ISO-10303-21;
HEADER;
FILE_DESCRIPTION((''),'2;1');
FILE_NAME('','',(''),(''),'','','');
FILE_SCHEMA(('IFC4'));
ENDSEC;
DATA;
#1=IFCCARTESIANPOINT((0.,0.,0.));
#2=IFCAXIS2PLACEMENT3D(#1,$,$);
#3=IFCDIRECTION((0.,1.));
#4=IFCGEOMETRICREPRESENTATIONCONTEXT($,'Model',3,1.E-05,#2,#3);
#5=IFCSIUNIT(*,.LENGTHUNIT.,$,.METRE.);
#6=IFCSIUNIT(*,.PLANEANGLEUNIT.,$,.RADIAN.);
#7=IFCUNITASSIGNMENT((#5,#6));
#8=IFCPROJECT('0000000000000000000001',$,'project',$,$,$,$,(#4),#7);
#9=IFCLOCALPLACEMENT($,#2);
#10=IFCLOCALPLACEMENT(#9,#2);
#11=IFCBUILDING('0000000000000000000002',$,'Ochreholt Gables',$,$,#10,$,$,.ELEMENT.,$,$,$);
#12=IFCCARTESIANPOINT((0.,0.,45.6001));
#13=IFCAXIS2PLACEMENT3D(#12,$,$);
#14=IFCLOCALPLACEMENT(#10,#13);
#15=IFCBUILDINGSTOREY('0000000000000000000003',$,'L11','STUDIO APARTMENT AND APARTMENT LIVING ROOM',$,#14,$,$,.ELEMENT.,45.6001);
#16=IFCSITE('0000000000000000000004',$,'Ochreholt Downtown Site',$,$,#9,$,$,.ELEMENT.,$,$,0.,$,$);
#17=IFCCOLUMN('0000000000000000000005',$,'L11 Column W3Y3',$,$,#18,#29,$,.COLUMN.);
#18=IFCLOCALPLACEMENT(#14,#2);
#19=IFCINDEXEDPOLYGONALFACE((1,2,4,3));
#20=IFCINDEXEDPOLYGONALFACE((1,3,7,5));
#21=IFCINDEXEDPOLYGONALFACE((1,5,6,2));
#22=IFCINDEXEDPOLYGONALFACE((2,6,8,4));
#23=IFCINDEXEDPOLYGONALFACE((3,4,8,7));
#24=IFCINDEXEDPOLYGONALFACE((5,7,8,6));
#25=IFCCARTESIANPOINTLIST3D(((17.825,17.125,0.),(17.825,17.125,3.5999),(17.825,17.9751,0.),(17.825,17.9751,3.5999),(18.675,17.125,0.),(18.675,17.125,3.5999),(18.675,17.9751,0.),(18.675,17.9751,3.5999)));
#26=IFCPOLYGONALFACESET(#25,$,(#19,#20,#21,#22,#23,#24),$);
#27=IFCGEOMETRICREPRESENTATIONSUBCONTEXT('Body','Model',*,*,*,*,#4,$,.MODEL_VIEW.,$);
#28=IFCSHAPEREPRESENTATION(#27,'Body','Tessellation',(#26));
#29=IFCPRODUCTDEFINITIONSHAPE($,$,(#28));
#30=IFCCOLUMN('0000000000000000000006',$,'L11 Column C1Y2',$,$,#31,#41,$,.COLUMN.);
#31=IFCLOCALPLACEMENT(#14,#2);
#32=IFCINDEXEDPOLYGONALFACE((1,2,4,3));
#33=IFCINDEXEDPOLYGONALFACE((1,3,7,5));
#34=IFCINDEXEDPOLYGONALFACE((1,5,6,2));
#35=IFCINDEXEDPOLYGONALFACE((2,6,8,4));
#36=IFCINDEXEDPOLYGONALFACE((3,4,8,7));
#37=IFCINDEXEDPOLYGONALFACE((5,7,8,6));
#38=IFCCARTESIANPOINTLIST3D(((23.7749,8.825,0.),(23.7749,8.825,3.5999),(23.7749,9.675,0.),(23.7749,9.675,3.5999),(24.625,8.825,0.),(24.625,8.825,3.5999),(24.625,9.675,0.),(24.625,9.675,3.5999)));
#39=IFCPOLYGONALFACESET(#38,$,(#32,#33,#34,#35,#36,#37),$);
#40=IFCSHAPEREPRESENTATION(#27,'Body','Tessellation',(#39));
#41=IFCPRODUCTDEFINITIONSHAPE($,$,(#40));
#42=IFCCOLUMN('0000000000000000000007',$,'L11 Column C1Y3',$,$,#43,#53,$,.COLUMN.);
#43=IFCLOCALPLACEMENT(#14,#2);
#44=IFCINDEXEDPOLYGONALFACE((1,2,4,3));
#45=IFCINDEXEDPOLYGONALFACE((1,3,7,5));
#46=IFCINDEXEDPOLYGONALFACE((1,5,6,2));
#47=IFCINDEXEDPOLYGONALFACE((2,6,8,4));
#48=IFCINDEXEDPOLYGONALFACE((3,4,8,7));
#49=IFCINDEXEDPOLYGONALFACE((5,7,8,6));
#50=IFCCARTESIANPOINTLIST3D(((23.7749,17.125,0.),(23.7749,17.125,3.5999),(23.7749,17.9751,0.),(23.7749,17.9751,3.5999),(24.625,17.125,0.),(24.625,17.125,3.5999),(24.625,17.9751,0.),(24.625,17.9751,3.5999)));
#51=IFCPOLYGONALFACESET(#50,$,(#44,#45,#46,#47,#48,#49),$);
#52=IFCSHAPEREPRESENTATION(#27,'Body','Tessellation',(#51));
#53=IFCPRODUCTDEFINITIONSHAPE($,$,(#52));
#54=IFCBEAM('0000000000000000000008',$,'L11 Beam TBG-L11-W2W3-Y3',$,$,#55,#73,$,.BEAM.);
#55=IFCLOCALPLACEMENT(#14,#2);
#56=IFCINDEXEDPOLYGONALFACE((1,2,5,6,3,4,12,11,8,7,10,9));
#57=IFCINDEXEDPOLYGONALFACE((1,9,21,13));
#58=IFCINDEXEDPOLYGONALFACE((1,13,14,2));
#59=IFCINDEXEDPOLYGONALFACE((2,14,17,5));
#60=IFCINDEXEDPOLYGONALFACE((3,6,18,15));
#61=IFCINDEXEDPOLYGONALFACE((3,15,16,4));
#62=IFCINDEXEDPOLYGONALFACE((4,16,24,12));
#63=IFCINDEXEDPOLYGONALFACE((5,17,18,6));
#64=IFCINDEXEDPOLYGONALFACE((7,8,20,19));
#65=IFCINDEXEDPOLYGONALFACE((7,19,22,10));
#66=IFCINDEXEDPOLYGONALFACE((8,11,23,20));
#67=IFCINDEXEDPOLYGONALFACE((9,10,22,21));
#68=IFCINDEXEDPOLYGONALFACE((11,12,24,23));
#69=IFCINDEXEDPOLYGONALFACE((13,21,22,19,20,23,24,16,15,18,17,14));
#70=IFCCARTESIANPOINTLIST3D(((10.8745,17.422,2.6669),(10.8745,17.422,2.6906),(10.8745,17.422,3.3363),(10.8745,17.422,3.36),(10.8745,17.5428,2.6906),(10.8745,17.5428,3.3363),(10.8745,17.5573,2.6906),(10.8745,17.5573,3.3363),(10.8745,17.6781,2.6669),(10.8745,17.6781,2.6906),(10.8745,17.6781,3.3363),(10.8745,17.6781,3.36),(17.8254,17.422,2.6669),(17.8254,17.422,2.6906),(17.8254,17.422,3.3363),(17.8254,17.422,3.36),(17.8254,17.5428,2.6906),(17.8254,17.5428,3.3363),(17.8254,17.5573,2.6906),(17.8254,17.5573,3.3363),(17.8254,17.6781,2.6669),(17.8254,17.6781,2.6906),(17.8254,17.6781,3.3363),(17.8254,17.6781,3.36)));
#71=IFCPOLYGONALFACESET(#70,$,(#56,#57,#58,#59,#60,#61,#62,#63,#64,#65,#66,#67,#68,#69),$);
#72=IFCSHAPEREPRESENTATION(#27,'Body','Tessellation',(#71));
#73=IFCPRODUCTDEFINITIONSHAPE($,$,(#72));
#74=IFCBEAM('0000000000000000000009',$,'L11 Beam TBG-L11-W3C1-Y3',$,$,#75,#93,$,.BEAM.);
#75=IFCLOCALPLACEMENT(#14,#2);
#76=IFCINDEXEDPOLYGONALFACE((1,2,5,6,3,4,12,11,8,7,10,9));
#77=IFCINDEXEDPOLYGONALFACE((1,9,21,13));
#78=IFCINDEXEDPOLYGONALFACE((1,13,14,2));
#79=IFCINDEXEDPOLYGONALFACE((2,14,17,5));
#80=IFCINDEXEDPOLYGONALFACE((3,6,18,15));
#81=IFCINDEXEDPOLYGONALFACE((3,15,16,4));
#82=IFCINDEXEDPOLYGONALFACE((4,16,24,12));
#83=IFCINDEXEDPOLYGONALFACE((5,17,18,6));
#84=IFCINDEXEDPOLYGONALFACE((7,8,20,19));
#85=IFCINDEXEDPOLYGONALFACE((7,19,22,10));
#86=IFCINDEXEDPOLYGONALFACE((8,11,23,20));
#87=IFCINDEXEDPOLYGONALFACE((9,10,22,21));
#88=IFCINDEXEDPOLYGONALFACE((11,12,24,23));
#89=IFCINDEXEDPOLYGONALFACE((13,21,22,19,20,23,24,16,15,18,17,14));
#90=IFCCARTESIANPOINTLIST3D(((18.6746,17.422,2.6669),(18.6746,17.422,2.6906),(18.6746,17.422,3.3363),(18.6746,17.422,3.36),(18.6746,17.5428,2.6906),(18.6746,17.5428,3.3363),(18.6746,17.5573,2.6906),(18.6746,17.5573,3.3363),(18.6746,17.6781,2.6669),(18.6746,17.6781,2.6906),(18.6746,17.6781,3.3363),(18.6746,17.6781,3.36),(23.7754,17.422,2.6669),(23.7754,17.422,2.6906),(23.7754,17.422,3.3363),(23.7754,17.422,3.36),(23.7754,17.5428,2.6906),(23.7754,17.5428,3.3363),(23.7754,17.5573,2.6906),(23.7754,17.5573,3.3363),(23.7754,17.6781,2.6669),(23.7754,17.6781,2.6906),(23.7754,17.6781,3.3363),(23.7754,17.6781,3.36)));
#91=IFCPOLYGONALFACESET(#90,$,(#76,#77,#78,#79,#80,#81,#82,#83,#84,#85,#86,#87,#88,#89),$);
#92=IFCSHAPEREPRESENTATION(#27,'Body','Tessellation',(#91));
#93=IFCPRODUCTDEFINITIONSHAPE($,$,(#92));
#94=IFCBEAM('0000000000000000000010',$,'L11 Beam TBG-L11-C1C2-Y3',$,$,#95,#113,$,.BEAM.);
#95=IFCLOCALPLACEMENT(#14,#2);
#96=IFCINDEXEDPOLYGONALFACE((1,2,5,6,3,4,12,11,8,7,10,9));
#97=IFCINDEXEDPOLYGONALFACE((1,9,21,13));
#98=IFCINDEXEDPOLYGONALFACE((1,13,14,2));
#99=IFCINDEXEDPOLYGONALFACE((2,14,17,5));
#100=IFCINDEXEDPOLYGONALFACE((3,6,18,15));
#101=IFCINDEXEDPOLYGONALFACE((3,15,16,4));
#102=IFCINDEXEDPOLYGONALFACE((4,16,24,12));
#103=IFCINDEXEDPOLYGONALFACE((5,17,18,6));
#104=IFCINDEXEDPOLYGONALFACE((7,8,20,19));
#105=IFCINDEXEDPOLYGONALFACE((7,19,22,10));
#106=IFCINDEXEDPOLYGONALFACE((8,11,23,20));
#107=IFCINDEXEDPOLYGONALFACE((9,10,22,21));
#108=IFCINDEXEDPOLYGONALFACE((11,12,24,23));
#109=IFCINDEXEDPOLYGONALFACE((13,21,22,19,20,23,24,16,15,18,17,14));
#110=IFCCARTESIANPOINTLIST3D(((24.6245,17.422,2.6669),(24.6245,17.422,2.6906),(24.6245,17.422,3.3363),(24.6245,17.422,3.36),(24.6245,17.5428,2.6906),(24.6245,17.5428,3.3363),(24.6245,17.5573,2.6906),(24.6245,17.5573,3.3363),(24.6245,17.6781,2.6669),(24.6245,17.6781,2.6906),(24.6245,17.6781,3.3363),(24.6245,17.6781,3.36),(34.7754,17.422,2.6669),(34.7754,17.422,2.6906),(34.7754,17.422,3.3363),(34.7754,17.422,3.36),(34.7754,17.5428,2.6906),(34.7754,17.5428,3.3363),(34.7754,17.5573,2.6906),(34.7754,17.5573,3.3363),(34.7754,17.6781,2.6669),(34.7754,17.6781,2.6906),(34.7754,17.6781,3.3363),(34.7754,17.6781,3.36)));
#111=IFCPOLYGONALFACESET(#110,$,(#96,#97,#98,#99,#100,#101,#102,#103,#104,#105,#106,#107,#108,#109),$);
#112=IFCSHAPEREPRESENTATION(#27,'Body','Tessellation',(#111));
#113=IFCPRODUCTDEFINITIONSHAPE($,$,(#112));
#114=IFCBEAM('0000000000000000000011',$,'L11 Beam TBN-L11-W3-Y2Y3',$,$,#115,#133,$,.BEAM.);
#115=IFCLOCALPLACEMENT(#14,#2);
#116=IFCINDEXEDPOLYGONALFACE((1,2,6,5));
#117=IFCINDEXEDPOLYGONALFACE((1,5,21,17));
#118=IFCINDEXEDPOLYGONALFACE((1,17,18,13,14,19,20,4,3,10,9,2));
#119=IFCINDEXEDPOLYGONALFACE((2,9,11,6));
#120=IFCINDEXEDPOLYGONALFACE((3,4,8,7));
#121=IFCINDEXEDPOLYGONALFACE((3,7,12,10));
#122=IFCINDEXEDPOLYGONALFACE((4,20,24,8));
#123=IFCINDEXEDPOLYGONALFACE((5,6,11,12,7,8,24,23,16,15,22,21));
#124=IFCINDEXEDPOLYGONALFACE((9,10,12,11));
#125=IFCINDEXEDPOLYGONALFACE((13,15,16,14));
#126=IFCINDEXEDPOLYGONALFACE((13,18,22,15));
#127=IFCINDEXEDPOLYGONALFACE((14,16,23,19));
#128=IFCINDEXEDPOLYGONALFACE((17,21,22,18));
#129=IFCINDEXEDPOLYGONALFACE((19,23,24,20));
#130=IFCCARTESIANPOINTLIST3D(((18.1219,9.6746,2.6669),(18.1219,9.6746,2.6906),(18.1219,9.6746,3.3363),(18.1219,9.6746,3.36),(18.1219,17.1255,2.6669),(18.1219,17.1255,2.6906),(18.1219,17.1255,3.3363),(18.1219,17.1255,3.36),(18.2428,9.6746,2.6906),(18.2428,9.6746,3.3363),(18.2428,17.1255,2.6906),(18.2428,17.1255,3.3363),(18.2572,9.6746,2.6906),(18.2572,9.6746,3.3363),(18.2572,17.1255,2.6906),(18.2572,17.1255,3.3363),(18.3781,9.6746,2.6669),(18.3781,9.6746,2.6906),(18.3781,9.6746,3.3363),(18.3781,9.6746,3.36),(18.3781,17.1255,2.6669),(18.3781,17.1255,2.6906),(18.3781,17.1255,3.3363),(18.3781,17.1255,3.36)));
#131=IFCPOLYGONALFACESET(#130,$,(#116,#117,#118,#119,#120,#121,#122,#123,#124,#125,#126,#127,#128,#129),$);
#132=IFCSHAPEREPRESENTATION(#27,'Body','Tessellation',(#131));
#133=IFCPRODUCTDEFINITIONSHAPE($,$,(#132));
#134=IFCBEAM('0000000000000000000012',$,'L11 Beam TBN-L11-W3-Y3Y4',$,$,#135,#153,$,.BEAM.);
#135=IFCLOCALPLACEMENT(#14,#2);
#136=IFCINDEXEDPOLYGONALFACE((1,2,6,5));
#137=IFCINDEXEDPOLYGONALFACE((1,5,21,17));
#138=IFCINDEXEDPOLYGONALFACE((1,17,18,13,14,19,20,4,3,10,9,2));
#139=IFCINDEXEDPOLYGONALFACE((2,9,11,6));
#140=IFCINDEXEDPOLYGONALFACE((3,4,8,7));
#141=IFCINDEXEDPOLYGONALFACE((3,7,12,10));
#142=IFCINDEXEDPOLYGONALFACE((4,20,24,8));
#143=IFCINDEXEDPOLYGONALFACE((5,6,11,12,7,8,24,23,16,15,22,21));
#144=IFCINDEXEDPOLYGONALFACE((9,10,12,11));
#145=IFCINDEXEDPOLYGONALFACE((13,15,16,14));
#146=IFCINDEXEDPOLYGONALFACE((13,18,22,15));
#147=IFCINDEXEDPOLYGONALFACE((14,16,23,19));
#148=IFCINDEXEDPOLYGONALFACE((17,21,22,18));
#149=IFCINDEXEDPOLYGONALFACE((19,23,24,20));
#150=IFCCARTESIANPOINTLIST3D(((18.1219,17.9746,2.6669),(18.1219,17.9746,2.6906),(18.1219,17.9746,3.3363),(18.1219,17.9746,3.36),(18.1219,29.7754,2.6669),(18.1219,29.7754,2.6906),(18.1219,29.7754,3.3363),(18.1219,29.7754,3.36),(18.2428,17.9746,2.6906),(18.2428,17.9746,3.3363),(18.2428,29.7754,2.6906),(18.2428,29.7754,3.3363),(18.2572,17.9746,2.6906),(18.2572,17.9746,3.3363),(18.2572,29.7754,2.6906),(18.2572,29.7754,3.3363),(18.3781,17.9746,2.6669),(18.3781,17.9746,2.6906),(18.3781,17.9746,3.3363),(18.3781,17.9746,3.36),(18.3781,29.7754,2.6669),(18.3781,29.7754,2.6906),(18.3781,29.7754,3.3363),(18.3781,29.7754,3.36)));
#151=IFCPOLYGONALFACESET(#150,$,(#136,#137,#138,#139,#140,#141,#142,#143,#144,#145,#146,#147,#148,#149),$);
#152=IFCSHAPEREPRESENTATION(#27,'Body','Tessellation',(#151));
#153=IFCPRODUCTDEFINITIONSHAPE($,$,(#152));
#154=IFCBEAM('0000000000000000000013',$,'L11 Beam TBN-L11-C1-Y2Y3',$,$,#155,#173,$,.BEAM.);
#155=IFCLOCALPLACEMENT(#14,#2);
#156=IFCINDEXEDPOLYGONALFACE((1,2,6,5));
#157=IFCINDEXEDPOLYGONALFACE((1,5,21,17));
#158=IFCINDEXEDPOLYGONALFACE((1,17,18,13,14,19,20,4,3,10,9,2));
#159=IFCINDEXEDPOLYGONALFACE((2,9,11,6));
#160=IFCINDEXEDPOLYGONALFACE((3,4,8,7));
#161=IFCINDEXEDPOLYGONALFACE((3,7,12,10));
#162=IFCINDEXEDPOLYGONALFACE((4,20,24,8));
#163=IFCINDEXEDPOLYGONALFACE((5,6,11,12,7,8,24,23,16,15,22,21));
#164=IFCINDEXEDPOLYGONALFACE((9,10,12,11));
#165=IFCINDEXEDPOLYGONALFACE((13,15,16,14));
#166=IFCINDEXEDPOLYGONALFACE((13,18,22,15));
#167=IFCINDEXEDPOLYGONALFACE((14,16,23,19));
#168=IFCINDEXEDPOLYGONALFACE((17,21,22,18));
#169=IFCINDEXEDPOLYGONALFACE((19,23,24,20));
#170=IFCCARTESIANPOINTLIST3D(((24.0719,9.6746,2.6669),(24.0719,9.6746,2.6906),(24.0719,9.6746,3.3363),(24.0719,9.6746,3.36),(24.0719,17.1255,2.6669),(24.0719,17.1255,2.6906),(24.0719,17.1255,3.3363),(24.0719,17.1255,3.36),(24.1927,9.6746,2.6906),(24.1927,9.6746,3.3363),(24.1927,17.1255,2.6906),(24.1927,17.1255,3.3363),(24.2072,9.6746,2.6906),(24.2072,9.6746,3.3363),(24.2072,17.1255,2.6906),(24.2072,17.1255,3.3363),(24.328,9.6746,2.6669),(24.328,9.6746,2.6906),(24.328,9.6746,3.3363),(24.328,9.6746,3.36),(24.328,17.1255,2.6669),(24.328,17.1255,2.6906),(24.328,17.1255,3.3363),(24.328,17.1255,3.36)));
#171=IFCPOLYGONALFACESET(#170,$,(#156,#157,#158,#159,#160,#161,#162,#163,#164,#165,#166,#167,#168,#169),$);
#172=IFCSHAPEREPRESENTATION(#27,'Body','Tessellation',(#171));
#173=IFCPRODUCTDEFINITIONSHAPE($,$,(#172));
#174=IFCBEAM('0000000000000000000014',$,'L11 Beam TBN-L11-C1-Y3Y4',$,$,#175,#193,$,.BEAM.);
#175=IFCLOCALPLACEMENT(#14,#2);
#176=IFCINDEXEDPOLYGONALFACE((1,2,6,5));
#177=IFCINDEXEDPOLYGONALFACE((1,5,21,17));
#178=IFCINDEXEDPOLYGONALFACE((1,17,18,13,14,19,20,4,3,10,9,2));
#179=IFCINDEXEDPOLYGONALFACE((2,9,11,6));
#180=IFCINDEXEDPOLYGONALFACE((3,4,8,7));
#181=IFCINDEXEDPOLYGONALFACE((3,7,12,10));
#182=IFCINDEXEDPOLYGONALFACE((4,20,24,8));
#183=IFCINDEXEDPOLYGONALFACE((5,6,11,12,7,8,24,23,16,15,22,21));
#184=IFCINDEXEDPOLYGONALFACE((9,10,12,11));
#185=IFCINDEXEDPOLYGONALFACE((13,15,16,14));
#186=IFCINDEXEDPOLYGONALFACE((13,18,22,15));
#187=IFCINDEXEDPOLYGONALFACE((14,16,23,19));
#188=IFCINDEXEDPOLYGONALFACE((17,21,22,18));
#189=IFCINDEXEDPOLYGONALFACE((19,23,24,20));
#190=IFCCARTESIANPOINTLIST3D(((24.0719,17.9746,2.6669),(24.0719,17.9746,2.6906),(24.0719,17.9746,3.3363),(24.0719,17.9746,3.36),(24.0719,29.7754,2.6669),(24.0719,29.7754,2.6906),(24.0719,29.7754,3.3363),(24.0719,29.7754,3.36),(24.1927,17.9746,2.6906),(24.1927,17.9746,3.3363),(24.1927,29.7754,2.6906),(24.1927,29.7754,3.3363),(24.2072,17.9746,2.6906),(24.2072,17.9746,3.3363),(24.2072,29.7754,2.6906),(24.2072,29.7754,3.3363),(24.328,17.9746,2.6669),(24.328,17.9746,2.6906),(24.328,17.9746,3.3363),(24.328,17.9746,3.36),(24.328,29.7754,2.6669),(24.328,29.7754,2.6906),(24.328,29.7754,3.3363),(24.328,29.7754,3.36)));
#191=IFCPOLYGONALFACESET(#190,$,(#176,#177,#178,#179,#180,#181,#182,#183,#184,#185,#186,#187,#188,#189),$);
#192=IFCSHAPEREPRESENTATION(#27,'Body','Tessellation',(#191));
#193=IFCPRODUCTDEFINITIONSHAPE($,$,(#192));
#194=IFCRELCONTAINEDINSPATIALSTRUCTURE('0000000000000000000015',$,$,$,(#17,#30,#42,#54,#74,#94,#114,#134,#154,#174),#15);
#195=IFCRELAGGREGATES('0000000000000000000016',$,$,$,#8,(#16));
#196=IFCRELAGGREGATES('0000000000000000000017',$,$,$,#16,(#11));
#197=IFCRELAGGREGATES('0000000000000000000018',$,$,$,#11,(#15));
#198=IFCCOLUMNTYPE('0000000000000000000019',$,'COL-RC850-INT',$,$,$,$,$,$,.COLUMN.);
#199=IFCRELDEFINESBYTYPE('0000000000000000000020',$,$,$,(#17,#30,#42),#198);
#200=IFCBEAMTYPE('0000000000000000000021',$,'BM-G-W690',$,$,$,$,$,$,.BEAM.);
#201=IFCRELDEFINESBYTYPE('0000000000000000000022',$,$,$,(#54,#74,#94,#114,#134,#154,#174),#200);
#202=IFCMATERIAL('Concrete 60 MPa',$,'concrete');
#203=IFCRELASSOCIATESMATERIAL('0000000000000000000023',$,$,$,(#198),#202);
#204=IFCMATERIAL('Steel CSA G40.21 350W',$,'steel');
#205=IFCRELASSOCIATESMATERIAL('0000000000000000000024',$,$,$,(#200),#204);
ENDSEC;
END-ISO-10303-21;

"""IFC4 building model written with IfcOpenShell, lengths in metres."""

from ifc_helpers import new_model, si_unit, direction, frame, origin, origin_2d, place, context, subcontext, project, spatial, rectangle, i_section, extrude, material, material_profile, profile_set, type_object, element, save


model = new_model("IFC4")

# Units and contexts
model_context = context("Model", 3, precision=1e-05, world=origin(), true_north=direction((0.0, 1.0)))
body_context = subcontext(model_context, "Body", "Model", "MODEL_VIEW")
ifc_project = project(units=[si_unit("LENGTHUNIT", "METRE"), si_unit("PLANEANGLEUNIT", "RADIAN")], contexts=[model_context])

# Site, building, storey
site_placement = place(None, origin())
site = spatial("IfcSite", under=ifc_project, at=site_placement, Name="Ochreholt Downtown Site", CompositionType="ELEMENT", RefElevation=0.0)
building_placement = place(site_placement, origin())
building = spatial("IfcBuilding", under=site, at=building_placement, Name="Ochreholt Gables", CompositionType="ELEMENT")
storey_placement = place(building_placement, frame((0.0, 0.0, 45.6001)))
storey = spatial("IfcBuildingStorey", under=building, at=storey_placement, Name="L11", Description="STUDIO APARTMENT AND APARTMENT LIVING ROOM", CompositionType="ELEMENT", Elevation=45.6001)

# Columns
ifc_material_1 = material(Name="Concrete 60 MPa", Category="concrete")
ifc_material_profile_1 = material_profile(ifc_material_1, rectangle(XDim=0.8501, YDim=0.8501, at=origin_2d()), Name="RC850X850")
ifc_profile_set_1 = profile_set([ifc_material_profile_1], Name="Concrete 60 MPa")
column_type = type_object("IfcColumnType", Name="COL-RC850-INT", PredefinedType="COLUMN", material=ifc_profile_set_1)
for number, where, z_axis, x_axis, name in (
    (1, (18.25, 17.55, 0.0), (0.0, 0.0, 1.0), (1.0, 0.0, 0.0), "L11 Column W3Y3"),
    (2, (24.2, 9.25, 0.0), (0.0, 0.0, 1.0), (1.0, 0.0, 0.0), "L11 Column C1Y2"),
    (3, (24.2, 17.55, 0.0), (0.0, 0.0, 1.0), (1.0, 0.0, 0.0), "L11 Column C1Y3"),
):
    element("IfcColumn", number, at=place(storey_placement, frame(where, z_axis=z_axis, x_axis=x_axis)), inside=storey, type_object=column_type, Name=name, PredefinedType="COLUMN", context=body_context, shape_type="SweptSolid", body=[
        extrude(rectangle(XDim=0.8501, YDim=0.8501, at=origin_2d()), origin(), (0.0, 0.0, 1.0), 3.5999),
    ])

# Beams
ifc_material_2 = material(Name="Steel CSA G40.21 350W", Category="steel")
ifc_material_profile_2 = material_profile(ifc_material_2, i_section(OverallWidth=0.2561, OverallDepth=0.6931, WebThickness=0.0144, FlangeThickness=0.0237, at=origin_2d()), Name="W690X170")
ifc_profile_set_2 = profile_set([ifc_material_profile_2], Name="Steel CSA G40.21 350W")
beam_type_1 = type_object("IfcBeamType", Name="BM-G-W690", PredefinedType="BEAM", material=ifc_profile_set_2)
beam_1_placement = place(storey_placement, frame((10.8745, 17.55, 3.0134), z_axis=(1.0, 0.0, 0.0), x_axis=(0.0, 1.0, 0.0)))
element("IfcBeam", 4, at=beam_1_placement, inside=storey, type_object=beam_type_1, Name="L11 Beam TBG-L11-W2W3-Y3", PredefinedType="BEAM", context=body_context, shape_type="SweptSolid", body=[
    extrude(i_section(OverallWidth=0.2561, OverallDepth=0.6931, WebThickness=0.0144, FlangeThickness=0.0237, at=origin_2d()), origin(), (0.0, 0.0, 1.0), 6.9509),
])
beam_2_placement = place(storey_placement, frame((18.6746, 17.55, 3.0134), z_axis=(1.0, 0.0, 0.0), x_axis=(0.0, 1.0, 0.0)))
element("IfcBeam", 5, at=beam_2_placement, inside=storey, type_object=beam_type_1, Name="L11 Beam TBG-L11-W3C1-Y3", PredefinedType="BEAM", context=body_context, shape_type="SweptSolid", body=[
    extrude(i_section(OverallWidth=0.2561, OverallDepth=0.6931, WebThickness=0.0144, FlangeThickness=0.0237, at=origin_2d()), origin(), (0.0, 0.0, 1.0), 5.1008),
])
beam_3_placement = place(storey_placement, frame((24.6245, 17.55, 3.0134), z_axis=(1.0, 0.0, 0.0), x_axis=(0.0, 1.0, 0.0)))
element("IfcBeam", 6, at=beam_3_placement, inside=storey, type_object=beam_type_1, Name="L11 Beam TBG-L11-C1C2-Y3", PredefinedType="BEAM", context=body_context, shape_type="SweptSolid", body=[
    extrude(i_section(OverallWidth=0.2561, OverallDepth=0.6931, WebThickness=0.0144, FlangeThickness=0.0237, at=origin_2d()), origin(), (0.0, 0.0, 1.0), 10.1509),
])
beam_4_placement = place(storey_placement, frame((18.25, 9.6746, 3.0134), z_axis=(0.0, 1.0, 0.0), x_axis=(-1.0, 0.0, 0.0)))
element("IfcBeam", 7, at=beam_4_placement, inside=storey, type_object=beam_type_1, Name="L11 Beam TBN-L11-W3-Y2Y3", PredefinedType="BEAM", context=body_context, shape_type="SweptSolid", body=[
    extrude(i_section(OverallWidth=0.2561, OverallDepth=0.6931, WebThickness=0.0144, FlangeThickness=0.0237, at=origin_2d()), origin(), (0.0, 0.0, 1.0), 7.4509),
])
beam_5_placement = place(storey_placement, frame((18.25, 17.9746, 3.0134), z_axis=(0.0, 1.0, 0.0), x_axis=(-1.0, 0.0, 0.0)))
element("IfcBeam", 8, at=beam_5_placement, inside=storey, type_object=beam_type_1, Name="L11 Beam TBN-L11-W3-Y3Y4", PredefinedType="BEAM", context=body_context, shape_type="SweptSolid", body=[
    extrude(i_section(OverallWidth=0.2561, OverallDepth=0.6931, WebThickness=0.0144, FlangeThickness=0.0237, at=origin_2d()), origin(), (0.0, 0.0, 1.0), 11.8008),
])
beam_6_placement = place(storey_placement, frame((24.2, 9.6746, 3.0134), z_axis=(0.0, 1.0, 0.0), x_axis=(-1.0, 0.0, 0.0)))
element("IfcBeam", 9, at=beam_6_placement, inside=storey, type_object=beam_type_1, Name="L11 Beam TBN-L11-C1-Y2Y3", PredefinedType="BEAM", context=body_context, shape_type="SweptSolid", body=[
    extrude(i_section(OverallWidth=0.2561, OverallDepth=0.6931, WebThickness=0.0144, FlangeThickness=0.0237, at=origin_2d()), origin(), (0.0, 0.0, 1.0), 7.4509),
])
beam_7_placement = place(storey_placement, frame((24.2, 17.9746, 3.0134), z_axis=(0.0, 1.0, 0.0), x_axis=(-1.0, 0.0, 0.0)))
element("IfcBeam", 10, at=beam_7_placement, inside=storey, type_object=beam_type_1, Name="L11 Beam TBN-L11-C1-Y3Y4", PredefinedType="BEAM", context=body_context, shape_type="SweptSolid", body=[
    extrude(i_section(OverallWidth=0.2561, OverallDepth=0.6931, WebThickness=0.0144, FlangeThickness=0.0237, at=origin_2d()), origin(), (0.0, 0.0, 1.0), 11.8008),
])

save(model, "model.ifc")
